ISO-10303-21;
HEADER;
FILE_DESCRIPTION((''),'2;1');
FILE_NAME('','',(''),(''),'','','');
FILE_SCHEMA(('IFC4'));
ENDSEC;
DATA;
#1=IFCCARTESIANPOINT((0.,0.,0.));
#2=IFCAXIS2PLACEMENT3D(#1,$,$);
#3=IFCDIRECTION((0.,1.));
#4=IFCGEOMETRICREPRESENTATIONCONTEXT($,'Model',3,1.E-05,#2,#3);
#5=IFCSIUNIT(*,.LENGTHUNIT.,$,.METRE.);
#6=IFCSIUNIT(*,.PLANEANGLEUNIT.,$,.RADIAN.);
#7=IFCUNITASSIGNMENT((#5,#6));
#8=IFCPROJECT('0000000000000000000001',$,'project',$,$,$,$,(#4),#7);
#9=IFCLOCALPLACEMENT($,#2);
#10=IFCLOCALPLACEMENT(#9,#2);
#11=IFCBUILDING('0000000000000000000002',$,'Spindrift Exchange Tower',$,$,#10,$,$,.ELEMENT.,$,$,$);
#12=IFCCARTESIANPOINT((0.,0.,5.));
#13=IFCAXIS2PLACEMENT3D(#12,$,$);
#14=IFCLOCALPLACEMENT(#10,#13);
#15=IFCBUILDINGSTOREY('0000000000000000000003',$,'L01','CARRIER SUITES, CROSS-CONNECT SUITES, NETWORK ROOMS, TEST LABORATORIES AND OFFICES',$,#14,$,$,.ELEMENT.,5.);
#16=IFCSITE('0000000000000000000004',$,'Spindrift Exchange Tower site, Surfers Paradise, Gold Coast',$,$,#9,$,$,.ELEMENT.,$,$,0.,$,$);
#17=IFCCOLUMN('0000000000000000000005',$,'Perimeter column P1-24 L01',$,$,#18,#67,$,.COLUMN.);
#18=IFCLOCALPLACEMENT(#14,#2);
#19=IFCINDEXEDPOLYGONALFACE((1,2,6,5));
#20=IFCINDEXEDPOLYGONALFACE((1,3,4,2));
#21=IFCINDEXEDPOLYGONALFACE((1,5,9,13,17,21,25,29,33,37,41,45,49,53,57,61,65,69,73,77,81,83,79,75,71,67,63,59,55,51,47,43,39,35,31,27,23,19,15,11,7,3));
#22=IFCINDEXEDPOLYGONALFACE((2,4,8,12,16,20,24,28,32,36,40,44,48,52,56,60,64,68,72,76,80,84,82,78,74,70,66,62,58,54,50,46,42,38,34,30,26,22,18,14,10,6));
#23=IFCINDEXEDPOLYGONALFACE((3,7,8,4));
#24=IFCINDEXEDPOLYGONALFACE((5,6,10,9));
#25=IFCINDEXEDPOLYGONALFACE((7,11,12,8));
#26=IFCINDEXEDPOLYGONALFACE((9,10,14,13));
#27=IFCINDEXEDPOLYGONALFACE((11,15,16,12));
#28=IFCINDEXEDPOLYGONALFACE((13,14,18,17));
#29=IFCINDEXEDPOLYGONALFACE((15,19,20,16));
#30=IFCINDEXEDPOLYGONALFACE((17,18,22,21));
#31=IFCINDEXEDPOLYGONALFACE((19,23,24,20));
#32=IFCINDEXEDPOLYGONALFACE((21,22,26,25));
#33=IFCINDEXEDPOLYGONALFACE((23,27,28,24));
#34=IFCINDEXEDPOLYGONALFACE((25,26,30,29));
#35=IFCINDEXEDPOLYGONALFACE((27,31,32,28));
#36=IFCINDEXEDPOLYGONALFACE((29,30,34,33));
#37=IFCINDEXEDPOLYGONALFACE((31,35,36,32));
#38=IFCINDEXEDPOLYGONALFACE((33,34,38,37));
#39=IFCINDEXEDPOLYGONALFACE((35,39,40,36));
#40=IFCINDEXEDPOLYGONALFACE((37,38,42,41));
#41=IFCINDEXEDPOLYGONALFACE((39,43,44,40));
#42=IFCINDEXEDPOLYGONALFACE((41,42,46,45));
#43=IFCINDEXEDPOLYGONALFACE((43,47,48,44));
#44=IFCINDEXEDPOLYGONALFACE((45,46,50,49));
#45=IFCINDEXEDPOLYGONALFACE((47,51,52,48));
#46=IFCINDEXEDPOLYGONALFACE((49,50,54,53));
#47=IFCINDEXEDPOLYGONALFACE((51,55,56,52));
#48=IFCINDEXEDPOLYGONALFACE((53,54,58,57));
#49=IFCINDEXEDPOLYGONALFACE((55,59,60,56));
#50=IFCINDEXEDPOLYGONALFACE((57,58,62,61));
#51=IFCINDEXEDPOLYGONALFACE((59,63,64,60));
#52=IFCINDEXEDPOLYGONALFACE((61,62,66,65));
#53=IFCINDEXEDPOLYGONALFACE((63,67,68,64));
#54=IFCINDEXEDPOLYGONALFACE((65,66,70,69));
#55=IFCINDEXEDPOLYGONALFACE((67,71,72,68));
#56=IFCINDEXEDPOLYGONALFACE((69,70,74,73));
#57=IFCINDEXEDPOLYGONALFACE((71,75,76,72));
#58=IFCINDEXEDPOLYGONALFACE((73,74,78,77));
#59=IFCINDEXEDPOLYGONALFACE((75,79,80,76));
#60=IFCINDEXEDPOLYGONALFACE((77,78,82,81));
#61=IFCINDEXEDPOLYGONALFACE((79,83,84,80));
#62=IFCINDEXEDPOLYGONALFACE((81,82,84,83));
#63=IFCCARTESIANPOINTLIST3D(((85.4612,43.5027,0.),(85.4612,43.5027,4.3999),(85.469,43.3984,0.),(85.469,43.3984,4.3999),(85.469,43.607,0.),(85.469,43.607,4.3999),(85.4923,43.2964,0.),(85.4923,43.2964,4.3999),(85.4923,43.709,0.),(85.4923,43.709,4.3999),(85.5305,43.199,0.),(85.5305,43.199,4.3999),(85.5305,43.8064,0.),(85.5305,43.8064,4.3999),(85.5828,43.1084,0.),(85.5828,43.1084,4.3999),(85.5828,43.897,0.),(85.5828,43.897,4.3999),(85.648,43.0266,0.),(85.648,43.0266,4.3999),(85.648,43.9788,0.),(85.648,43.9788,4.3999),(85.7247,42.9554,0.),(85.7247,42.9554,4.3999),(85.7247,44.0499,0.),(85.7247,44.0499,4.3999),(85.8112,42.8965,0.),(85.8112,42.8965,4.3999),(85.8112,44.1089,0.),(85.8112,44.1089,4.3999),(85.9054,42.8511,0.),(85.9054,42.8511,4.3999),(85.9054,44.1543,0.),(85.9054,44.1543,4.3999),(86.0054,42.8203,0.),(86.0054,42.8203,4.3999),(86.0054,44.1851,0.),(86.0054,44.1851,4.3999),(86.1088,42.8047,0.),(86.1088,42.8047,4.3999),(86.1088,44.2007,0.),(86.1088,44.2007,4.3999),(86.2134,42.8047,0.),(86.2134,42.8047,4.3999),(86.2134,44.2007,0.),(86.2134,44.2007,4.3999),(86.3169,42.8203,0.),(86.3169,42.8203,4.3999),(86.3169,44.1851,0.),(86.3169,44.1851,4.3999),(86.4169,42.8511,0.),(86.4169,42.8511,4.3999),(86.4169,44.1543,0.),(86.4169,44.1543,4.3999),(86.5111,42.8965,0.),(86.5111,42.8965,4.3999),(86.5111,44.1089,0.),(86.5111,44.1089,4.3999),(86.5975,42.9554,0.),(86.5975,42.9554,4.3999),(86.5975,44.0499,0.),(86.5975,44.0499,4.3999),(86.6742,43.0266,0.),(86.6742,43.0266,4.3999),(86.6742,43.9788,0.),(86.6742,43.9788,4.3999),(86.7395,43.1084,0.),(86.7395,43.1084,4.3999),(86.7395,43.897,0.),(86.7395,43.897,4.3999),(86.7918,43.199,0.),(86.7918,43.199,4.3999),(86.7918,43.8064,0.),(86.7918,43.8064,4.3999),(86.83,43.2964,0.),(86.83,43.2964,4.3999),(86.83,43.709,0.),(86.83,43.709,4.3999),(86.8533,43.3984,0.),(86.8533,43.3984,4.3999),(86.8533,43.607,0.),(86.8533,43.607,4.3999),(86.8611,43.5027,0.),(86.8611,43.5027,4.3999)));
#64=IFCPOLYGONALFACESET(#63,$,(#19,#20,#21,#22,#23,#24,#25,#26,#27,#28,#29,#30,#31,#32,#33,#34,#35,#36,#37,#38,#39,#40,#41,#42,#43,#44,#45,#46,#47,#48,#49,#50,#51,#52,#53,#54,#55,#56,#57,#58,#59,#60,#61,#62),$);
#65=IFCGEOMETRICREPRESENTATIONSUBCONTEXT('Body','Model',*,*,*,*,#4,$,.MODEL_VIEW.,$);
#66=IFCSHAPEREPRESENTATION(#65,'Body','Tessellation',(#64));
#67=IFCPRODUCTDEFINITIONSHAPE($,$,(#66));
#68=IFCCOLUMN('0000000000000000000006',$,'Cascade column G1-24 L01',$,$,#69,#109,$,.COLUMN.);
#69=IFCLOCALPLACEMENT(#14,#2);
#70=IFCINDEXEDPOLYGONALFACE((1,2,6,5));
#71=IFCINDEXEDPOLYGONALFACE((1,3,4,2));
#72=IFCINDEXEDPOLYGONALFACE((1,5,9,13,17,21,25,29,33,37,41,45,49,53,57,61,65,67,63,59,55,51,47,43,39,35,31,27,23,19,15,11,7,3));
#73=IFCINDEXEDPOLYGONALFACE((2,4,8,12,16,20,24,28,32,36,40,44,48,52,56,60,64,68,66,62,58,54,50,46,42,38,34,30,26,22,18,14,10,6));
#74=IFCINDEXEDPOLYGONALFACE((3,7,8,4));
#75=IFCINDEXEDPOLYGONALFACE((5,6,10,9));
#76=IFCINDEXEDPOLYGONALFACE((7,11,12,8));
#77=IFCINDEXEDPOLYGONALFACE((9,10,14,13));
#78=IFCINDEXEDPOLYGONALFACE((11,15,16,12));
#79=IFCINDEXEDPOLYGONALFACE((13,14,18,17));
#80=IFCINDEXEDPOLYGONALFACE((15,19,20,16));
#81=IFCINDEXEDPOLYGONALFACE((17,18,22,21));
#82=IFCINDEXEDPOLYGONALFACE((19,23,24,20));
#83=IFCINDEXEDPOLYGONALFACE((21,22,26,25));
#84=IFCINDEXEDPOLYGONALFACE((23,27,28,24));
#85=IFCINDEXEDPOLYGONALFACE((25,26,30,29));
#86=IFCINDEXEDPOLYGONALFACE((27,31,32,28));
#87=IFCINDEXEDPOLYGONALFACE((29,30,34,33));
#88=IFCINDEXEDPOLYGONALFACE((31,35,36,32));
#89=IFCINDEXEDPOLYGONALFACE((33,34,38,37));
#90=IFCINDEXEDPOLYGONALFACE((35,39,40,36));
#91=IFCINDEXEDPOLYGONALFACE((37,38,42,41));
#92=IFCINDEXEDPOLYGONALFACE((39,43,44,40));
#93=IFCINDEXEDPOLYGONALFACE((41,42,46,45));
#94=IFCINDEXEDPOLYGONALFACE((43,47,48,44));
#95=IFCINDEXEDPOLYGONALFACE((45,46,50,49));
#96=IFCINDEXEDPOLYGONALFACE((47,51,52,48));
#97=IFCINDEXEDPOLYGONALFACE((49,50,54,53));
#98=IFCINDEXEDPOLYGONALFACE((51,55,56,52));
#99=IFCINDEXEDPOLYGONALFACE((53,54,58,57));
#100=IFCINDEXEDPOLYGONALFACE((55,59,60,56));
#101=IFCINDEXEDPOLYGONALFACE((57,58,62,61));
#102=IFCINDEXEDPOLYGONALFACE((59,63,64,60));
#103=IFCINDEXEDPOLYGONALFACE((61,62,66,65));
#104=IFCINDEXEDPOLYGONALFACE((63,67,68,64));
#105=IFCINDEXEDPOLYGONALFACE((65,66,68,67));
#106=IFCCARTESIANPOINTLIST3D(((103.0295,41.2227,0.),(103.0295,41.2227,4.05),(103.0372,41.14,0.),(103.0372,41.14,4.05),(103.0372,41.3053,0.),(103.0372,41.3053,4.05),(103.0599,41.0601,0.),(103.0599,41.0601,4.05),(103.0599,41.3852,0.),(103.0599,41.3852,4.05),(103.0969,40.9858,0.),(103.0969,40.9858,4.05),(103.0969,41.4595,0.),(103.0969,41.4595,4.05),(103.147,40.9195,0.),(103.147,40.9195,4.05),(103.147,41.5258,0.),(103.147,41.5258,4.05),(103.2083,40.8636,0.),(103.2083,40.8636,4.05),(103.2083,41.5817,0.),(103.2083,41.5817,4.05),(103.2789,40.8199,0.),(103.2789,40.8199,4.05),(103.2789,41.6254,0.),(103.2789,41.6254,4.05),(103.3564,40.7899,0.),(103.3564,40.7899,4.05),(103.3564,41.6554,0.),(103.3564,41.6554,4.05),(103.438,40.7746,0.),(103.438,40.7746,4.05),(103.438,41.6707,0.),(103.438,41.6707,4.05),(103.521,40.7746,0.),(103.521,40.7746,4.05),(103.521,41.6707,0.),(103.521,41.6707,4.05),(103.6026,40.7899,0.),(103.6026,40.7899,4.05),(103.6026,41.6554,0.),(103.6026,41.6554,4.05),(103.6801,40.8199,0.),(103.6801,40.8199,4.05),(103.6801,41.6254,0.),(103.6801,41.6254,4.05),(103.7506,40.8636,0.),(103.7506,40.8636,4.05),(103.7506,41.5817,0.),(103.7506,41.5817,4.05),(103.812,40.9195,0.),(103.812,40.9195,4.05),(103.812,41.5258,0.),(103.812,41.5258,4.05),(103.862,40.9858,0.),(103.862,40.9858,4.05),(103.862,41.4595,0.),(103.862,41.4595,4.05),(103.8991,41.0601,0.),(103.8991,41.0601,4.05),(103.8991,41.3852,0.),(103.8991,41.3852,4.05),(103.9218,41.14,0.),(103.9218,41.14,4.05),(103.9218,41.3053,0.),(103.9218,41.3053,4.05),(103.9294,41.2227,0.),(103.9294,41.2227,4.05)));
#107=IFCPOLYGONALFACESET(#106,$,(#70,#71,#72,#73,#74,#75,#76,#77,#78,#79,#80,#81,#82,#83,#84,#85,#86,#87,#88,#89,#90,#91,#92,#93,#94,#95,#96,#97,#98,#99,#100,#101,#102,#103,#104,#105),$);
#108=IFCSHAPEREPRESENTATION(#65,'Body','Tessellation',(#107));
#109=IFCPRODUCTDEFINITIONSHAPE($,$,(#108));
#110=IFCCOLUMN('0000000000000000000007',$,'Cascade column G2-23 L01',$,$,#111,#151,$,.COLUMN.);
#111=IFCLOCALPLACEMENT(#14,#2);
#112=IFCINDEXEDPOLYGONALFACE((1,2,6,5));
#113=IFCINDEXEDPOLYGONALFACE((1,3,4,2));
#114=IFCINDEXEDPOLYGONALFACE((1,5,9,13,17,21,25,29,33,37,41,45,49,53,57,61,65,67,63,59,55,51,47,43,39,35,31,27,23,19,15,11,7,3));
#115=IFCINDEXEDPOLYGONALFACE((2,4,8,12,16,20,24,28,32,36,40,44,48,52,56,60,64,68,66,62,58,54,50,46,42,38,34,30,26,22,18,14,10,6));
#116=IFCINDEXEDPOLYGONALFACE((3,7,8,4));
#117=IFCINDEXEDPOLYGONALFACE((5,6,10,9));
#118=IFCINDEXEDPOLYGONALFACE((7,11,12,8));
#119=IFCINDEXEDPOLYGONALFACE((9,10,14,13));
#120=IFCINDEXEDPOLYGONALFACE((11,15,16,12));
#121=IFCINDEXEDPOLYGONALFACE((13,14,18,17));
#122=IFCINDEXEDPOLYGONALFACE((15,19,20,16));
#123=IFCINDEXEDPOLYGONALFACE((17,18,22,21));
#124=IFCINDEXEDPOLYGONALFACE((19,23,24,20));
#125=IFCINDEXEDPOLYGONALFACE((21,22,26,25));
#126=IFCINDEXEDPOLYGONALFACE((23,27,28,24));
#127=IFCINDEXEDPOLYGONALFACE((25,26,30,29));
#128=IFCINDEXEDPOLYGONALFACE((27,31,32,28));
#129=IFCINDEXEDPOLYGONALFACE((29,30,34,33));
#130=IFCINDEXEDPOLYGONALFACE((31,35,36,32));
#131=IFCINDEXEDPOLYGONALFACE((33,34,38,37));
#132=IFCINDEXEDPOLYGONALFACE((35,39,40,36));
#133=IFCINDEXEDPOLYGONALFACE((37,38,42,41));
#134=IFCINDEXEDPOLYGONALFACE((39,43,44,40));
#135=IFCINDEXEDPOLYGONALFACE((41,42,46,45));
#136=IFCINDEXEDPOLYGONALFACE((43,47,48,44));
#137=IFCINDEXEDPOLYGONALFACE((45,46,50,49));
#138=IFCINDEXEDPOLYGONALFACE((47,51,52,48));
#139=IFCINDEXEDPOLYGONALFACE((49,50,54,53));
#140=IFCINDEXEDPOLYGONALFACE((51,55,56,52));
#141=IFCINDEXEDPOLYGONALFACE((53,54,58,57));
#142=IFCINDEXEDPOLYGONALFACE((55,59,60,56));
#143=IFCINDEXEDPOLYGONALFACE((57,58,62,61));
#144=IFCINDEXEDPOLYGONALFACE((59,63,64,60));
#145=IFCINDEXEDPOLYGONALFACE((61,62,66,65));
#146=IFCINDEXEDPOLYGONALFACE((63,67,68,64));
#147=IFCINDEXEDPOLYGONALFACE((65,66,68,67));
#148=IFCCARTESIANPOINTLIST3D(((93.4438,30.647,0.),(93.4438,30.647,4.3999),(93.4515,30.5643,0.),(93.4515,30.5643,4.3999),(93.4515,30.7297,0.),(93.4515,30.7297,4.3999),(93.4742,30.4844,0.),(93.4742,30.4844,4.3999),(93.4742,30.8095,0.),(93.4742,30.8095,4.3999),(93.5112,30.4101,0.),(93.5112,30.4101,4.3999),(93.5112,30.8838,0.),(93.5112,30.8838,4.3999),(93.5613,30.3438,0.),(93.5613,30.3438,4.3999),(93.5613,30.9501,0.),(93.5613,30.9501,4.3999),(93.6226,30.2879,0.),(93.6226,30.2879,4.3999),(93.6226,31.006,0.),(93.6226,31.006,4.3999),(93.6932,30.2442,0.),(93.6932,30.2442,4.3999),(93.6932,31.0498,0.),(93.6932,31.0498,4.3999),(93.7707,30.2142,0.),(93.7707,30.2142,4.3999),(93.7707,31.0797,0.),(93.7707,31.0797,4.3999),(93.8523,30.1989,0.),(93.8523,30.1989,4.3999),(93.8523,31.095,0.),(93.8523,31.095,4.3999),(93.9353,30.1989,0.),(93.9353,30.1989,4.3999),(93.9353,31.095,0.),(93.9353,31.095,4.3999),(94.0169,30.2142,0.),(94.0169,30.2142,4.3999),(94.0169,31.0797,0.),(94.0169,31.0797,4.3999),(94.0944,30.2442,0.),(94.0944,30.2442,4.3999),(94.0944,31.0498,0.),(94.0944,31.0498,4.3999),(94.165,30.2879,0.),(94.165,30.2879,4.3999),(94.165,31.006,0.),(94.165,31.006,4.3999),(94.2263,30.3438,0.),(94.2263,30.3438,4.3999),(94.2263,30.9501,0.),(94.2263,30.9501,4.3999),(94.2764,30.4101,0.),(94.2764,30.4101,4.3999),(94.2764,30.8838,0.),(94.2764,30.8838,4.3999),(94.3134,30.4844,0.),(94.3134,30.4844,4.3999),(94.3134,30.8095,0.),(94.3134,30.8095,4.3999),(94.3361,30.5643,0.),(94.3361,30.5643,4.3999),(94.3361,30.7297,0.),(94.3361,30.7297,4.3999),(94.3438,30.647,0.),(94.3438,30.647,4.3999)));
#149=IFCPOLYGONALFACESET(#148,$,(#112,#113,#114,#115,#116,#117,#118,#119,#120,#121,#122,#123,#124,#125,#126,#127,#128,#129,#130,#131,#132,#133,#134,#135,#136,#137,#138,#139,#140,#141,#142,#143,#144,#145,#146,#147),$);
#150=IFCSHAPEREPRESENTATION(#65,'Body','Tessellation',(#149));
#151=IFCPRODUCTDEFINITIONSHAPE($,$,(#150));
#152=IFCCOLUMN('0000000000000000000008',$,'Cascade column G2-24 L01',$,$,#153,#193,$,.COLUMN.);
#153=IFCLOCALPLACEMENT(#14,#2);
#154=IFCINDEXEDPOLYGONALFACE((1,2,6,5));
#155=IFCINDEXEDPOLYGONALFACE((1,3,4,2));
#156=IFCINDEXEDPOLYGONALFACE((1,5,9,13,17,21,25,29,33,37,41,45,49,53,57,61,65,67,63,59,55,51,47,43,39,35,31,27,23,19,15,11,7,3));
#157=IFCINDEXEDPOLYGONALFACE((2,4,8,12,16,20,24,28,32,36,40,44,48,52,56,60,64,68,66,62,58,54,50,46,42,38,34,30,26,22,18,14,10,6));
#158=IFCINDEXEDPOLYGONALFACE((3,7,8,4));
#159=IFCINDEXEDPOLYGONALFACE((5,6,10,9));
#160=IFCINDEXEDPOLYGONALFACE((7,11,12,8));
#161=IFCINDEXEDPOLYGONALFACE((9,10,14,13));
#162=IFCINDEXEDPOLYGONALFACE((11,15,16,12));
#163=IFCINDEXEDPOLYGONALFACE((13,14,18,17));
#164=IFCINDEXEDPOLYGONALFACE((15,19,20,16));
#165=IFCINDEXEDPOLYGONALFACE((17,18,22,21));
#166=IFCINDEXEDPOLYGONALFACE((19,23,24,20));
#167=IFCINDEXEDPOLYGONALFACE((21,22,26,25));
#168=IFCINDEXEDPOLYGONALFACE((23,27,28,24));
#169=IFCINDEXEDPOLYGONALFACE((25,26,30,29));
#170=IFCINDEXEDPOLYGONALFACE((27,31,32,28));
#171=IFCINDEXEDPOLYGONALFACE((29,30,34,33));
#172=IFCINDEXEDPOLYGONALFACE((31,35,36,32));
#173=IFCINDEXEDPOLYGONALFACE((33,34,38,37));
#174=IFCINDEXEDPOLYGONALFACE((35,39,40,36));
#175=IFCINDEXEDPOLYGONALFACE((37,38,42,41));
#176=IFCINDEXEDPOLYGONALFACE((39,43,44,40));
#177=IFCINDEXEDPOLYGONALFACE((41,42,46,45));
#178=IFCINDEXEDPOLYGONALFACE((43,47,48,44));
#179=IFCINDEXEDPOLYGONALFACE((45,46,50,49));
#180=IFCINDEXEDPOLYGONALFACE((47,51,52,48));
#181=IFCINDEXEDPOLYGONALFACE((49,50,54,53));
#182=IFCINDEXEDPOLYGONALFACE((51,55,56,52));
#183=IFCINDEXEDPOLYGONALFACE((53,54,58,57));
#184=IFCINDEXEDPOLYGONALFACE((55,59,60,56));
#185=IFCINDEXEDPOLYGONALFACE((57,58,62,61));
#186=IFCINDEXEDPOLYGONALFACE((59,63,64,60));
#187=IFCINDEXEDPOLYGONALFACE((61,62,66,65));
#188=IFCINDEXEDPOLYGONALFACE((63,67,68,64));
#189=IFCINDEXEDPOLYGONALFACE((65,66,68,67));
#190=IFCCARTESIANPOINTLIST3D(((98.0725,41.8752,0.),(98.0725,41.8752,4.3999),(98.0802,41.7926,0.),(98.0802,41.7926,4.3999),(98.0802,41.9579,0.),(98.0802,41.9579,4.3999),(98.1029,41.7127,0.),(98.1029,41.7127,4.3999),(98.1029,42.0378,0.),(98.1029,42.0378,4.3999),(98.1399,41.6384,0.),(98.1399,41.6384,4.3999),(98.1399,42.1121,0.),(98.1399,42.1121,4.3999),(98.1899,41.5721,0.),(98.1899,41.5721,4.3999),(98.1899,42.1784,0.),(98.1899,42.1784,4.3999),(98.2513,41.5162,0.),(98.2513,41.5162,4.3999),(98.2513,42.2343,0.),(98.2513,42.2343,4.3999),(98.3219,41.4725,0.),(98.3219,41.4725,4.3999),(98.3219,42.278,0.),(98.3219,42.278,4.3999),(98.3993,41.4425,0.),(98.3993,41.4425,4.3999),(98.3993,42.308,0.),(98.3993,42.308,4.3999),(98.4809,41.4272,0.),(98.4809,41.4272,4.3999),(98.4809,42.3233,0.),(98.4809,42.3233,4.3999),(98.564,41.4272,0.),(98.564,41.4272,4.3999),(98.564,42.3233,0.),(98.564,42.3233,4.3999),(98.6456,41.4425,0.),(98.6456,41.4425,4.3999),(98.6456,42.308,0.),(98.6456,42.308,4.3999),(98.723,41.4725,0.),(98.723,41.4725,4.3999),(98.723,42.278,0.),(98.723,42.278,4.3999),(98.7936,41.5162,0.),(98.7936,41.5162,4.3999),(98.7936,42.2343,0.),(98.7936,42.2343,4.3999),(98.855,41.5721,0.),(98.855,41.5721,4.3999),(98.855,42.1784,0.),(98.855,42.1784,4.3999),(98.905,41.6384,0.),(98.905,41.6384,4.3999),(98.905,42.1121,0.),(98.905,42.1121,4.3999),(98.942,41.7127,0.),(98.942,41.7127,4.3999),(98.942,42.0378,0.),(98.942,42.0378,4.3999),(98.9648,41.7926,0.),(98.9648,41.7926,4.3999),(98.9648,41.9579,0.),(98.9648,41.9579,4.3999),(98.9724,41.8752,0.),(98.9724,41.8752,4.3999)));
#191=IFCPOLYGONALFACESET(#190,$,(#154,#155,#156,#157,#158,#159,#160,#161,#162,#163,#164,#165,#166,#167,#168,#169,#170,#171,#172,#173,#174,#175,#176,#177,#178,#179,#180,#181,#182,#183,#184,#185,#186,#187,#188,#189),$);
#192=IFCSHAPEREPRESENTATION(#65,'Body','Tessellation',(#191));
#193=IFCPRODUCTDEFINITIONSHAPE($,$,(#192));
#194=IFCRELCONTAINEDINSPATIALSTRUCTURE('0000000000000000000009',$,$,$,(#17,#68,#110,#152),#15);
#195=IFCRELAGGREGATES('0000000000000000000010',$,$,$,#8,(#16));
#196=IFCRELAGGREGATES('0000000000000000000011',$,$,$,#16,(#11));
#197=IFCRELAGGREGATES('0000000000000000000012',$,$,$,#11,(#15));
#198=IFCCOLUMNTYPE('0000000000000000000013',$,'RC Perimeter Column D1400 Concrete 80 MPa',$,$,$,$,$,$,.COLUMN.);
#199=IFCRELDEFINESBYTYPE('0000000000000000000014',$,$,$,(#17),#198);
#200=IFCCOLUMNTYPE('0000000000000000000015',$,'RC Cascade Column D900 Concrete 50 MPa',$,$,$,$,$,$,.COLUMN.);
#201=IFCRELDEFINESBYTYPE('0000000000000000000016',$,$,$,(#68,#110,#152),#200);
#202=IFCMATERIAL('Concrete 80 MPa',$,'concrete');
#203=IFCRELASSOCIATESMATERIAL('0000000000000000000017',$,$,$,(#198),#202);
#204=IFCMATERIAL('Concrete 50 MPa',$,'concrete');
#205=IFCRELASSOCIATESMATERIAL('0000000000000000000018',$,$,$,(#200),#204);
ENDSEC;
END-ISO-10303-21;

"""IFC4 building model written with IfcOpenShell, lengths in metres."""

from ifc_helpers import new_model, si_unit, direction, frame, origin, origin_2d, place, context, subcontext, project, spatial, circle, extrude, source, transform, mapped, material, material_profile, profile_set, type_object, element, save


model = new_model("IFC4")

# Units and contexts
model_context = context("Model", 3, precision=1e-05, world=origin(), true_north=direction((0.0, 1.0)))
body_context = subcontext(model_context, "Body", "Model", "MODEL_VIEW")
ifc_project = project(units=[si_unit("LENGTHUNIT", "METRE"), si_unit("PLANEANGLEUNIT", "RADIAN")], contexts=[model_context])

# Site, building, storey
site_placement = place(None, origin())
site = spatial("IfcSite", under=ifc_project, at=site_placement, Name="Spindrift Exchange Tower site, Surfers Paradise, Gold Coast", CompositionType="ELEMENT", RefElevation=0.0)
building_placement = place(site_placement, origin())
building = spatial("IfcBuilding", under=site, at=building_placement, Name="Spindrift Exchange Tower", CompositionType="ELEMENT")
storey_placement = place(building_placement, frame((0.0, 0.0, 5.0)))
storey = spatial("IfcBuildingStorey", under=building, at=storey_placement, Name="L01", Description="CARRIER SUITES, CROSS-CONNECT SUITES, NETWORK ROOMS, TEST LABORATORIES AND OFFICES", CompositionType="ELEMENT", Elevation=5.0)

# Columns
ifc_material_1 = material(Name="Concrete 80 MPa", Category="concrete")
ifc_material_profile_1 = material_profile(ifc_material_1, circle(Radius=0.7, at=origin_2d()), Name="RC D1400")
ifc_profile_set_1 = profile_set([ifc_material_profile_1], Name="Concrete 80 MPa")
column_type_1 = type_object("IfcColumnType", Name="RC Perimeter Column D1400 Concrete 80 MPa", PredefinedType="COLUMN", material=ifc_profile_set_1)
shared_shape_1 = source(origin(), body_context, "Body", "SweptSolid", [
    extrude(circle(Radius=0.7, at=origin_2d()), origin(), (0.0, 0.0, 1.0), 4.3999),
])
column_1_placement = place(storey_placement, frame((86.1611, 43.5027, 0.0), z_axis=(0.0, 0.0, 1.0), x_axis=(1.0, 0.0, 0.0)))
element("IfcColumn", 1, at=column_1_placement, inside=storey, type_object=column_type_1, Name="Perimeter column P1-24 L01", PredefinedType="COLUMN", context=body_context, shape_type="MappedRepresentation", body=[
    mapped(shared_shape_1, transform((0.0, 0.0, 0.0), scale=1.0)),
])
ifc_material_2 = material(Name="Concrete 50 MPa", Category="concrete")
ifc_material_profile_2 = material_profile(ifc_material_2, circle(Radius=0.45, at=origin_2d()), Name="RC D900")
ifc_profile_set_2 = profile_set([ifc_material_profile_2], Name="Concrete 50 MPa")
column_type_2 = type_object("IfcColumnType", Name="RC Cascade Column D900 Concrete 50 MPa", PredefinedType="COLUMN", material=ifc_profile_set_2)
shared_shape_2 = source(origin(), body_context, "Body", "SweptSolid", [
    extrude(circle(Radius=0.45, at=origin_2d()), origin(), (0.0, 0.0, 1.0), 4.05),
])
column_2_placement = place(storey_placement, frame((103.4795, 41.2227, 0.0), z_axis=(0.0, 0.0, 1.0), x_axis=(1.0, 0.0, 0.0)))
element("IfcColumn", 2, at=column_2_placement, inside=storey, type_object=column_type_2, Name="Cascade column G1-24 L01", PredefinedType="COLUMN", context=body_context, shape_type="MappedRepresentation", body=[
    mapped(shared_shape_2, transform((0.0, 0.0, 0.0), scale=1.0)),
])
shared_shape_3 = source(origin(), body_context, "Body", "SweptSolid", [
    extrude(circle(Radius=0.45, at=origin_2d()), origin(), (0.0, 0.0, 1.0), 4.3999),
])
for number, where, z_axis, x_axis, name in (
    (3, (93.8938, 30.647, 0.0), (0.0, 0.0, 1.0), (1.0, 0.0, 0.0), "Cascade column G2-23 L01"),
    (4, (98.5225, 41.8752, 0.0), (0.0, 0.0, 1.0), (1.0, 0.0, 0.0), "Cascade column G2-24 L01"),
):
    element("IfcColumn", number, at=place(storey_placement, frame(where, z_axis=z_axis, x_axis=x_axis)), inside=storey, type_object=column_type_2, Name=name, PredefinedType="COLUMN", context=body_context, shape_type="MappedRepresentation", body=[
        mapped(shared_shape_3, transform((0.0, 0.0, 0.0), scale=1.0)),
    ])

save(model, "model.ifc")
